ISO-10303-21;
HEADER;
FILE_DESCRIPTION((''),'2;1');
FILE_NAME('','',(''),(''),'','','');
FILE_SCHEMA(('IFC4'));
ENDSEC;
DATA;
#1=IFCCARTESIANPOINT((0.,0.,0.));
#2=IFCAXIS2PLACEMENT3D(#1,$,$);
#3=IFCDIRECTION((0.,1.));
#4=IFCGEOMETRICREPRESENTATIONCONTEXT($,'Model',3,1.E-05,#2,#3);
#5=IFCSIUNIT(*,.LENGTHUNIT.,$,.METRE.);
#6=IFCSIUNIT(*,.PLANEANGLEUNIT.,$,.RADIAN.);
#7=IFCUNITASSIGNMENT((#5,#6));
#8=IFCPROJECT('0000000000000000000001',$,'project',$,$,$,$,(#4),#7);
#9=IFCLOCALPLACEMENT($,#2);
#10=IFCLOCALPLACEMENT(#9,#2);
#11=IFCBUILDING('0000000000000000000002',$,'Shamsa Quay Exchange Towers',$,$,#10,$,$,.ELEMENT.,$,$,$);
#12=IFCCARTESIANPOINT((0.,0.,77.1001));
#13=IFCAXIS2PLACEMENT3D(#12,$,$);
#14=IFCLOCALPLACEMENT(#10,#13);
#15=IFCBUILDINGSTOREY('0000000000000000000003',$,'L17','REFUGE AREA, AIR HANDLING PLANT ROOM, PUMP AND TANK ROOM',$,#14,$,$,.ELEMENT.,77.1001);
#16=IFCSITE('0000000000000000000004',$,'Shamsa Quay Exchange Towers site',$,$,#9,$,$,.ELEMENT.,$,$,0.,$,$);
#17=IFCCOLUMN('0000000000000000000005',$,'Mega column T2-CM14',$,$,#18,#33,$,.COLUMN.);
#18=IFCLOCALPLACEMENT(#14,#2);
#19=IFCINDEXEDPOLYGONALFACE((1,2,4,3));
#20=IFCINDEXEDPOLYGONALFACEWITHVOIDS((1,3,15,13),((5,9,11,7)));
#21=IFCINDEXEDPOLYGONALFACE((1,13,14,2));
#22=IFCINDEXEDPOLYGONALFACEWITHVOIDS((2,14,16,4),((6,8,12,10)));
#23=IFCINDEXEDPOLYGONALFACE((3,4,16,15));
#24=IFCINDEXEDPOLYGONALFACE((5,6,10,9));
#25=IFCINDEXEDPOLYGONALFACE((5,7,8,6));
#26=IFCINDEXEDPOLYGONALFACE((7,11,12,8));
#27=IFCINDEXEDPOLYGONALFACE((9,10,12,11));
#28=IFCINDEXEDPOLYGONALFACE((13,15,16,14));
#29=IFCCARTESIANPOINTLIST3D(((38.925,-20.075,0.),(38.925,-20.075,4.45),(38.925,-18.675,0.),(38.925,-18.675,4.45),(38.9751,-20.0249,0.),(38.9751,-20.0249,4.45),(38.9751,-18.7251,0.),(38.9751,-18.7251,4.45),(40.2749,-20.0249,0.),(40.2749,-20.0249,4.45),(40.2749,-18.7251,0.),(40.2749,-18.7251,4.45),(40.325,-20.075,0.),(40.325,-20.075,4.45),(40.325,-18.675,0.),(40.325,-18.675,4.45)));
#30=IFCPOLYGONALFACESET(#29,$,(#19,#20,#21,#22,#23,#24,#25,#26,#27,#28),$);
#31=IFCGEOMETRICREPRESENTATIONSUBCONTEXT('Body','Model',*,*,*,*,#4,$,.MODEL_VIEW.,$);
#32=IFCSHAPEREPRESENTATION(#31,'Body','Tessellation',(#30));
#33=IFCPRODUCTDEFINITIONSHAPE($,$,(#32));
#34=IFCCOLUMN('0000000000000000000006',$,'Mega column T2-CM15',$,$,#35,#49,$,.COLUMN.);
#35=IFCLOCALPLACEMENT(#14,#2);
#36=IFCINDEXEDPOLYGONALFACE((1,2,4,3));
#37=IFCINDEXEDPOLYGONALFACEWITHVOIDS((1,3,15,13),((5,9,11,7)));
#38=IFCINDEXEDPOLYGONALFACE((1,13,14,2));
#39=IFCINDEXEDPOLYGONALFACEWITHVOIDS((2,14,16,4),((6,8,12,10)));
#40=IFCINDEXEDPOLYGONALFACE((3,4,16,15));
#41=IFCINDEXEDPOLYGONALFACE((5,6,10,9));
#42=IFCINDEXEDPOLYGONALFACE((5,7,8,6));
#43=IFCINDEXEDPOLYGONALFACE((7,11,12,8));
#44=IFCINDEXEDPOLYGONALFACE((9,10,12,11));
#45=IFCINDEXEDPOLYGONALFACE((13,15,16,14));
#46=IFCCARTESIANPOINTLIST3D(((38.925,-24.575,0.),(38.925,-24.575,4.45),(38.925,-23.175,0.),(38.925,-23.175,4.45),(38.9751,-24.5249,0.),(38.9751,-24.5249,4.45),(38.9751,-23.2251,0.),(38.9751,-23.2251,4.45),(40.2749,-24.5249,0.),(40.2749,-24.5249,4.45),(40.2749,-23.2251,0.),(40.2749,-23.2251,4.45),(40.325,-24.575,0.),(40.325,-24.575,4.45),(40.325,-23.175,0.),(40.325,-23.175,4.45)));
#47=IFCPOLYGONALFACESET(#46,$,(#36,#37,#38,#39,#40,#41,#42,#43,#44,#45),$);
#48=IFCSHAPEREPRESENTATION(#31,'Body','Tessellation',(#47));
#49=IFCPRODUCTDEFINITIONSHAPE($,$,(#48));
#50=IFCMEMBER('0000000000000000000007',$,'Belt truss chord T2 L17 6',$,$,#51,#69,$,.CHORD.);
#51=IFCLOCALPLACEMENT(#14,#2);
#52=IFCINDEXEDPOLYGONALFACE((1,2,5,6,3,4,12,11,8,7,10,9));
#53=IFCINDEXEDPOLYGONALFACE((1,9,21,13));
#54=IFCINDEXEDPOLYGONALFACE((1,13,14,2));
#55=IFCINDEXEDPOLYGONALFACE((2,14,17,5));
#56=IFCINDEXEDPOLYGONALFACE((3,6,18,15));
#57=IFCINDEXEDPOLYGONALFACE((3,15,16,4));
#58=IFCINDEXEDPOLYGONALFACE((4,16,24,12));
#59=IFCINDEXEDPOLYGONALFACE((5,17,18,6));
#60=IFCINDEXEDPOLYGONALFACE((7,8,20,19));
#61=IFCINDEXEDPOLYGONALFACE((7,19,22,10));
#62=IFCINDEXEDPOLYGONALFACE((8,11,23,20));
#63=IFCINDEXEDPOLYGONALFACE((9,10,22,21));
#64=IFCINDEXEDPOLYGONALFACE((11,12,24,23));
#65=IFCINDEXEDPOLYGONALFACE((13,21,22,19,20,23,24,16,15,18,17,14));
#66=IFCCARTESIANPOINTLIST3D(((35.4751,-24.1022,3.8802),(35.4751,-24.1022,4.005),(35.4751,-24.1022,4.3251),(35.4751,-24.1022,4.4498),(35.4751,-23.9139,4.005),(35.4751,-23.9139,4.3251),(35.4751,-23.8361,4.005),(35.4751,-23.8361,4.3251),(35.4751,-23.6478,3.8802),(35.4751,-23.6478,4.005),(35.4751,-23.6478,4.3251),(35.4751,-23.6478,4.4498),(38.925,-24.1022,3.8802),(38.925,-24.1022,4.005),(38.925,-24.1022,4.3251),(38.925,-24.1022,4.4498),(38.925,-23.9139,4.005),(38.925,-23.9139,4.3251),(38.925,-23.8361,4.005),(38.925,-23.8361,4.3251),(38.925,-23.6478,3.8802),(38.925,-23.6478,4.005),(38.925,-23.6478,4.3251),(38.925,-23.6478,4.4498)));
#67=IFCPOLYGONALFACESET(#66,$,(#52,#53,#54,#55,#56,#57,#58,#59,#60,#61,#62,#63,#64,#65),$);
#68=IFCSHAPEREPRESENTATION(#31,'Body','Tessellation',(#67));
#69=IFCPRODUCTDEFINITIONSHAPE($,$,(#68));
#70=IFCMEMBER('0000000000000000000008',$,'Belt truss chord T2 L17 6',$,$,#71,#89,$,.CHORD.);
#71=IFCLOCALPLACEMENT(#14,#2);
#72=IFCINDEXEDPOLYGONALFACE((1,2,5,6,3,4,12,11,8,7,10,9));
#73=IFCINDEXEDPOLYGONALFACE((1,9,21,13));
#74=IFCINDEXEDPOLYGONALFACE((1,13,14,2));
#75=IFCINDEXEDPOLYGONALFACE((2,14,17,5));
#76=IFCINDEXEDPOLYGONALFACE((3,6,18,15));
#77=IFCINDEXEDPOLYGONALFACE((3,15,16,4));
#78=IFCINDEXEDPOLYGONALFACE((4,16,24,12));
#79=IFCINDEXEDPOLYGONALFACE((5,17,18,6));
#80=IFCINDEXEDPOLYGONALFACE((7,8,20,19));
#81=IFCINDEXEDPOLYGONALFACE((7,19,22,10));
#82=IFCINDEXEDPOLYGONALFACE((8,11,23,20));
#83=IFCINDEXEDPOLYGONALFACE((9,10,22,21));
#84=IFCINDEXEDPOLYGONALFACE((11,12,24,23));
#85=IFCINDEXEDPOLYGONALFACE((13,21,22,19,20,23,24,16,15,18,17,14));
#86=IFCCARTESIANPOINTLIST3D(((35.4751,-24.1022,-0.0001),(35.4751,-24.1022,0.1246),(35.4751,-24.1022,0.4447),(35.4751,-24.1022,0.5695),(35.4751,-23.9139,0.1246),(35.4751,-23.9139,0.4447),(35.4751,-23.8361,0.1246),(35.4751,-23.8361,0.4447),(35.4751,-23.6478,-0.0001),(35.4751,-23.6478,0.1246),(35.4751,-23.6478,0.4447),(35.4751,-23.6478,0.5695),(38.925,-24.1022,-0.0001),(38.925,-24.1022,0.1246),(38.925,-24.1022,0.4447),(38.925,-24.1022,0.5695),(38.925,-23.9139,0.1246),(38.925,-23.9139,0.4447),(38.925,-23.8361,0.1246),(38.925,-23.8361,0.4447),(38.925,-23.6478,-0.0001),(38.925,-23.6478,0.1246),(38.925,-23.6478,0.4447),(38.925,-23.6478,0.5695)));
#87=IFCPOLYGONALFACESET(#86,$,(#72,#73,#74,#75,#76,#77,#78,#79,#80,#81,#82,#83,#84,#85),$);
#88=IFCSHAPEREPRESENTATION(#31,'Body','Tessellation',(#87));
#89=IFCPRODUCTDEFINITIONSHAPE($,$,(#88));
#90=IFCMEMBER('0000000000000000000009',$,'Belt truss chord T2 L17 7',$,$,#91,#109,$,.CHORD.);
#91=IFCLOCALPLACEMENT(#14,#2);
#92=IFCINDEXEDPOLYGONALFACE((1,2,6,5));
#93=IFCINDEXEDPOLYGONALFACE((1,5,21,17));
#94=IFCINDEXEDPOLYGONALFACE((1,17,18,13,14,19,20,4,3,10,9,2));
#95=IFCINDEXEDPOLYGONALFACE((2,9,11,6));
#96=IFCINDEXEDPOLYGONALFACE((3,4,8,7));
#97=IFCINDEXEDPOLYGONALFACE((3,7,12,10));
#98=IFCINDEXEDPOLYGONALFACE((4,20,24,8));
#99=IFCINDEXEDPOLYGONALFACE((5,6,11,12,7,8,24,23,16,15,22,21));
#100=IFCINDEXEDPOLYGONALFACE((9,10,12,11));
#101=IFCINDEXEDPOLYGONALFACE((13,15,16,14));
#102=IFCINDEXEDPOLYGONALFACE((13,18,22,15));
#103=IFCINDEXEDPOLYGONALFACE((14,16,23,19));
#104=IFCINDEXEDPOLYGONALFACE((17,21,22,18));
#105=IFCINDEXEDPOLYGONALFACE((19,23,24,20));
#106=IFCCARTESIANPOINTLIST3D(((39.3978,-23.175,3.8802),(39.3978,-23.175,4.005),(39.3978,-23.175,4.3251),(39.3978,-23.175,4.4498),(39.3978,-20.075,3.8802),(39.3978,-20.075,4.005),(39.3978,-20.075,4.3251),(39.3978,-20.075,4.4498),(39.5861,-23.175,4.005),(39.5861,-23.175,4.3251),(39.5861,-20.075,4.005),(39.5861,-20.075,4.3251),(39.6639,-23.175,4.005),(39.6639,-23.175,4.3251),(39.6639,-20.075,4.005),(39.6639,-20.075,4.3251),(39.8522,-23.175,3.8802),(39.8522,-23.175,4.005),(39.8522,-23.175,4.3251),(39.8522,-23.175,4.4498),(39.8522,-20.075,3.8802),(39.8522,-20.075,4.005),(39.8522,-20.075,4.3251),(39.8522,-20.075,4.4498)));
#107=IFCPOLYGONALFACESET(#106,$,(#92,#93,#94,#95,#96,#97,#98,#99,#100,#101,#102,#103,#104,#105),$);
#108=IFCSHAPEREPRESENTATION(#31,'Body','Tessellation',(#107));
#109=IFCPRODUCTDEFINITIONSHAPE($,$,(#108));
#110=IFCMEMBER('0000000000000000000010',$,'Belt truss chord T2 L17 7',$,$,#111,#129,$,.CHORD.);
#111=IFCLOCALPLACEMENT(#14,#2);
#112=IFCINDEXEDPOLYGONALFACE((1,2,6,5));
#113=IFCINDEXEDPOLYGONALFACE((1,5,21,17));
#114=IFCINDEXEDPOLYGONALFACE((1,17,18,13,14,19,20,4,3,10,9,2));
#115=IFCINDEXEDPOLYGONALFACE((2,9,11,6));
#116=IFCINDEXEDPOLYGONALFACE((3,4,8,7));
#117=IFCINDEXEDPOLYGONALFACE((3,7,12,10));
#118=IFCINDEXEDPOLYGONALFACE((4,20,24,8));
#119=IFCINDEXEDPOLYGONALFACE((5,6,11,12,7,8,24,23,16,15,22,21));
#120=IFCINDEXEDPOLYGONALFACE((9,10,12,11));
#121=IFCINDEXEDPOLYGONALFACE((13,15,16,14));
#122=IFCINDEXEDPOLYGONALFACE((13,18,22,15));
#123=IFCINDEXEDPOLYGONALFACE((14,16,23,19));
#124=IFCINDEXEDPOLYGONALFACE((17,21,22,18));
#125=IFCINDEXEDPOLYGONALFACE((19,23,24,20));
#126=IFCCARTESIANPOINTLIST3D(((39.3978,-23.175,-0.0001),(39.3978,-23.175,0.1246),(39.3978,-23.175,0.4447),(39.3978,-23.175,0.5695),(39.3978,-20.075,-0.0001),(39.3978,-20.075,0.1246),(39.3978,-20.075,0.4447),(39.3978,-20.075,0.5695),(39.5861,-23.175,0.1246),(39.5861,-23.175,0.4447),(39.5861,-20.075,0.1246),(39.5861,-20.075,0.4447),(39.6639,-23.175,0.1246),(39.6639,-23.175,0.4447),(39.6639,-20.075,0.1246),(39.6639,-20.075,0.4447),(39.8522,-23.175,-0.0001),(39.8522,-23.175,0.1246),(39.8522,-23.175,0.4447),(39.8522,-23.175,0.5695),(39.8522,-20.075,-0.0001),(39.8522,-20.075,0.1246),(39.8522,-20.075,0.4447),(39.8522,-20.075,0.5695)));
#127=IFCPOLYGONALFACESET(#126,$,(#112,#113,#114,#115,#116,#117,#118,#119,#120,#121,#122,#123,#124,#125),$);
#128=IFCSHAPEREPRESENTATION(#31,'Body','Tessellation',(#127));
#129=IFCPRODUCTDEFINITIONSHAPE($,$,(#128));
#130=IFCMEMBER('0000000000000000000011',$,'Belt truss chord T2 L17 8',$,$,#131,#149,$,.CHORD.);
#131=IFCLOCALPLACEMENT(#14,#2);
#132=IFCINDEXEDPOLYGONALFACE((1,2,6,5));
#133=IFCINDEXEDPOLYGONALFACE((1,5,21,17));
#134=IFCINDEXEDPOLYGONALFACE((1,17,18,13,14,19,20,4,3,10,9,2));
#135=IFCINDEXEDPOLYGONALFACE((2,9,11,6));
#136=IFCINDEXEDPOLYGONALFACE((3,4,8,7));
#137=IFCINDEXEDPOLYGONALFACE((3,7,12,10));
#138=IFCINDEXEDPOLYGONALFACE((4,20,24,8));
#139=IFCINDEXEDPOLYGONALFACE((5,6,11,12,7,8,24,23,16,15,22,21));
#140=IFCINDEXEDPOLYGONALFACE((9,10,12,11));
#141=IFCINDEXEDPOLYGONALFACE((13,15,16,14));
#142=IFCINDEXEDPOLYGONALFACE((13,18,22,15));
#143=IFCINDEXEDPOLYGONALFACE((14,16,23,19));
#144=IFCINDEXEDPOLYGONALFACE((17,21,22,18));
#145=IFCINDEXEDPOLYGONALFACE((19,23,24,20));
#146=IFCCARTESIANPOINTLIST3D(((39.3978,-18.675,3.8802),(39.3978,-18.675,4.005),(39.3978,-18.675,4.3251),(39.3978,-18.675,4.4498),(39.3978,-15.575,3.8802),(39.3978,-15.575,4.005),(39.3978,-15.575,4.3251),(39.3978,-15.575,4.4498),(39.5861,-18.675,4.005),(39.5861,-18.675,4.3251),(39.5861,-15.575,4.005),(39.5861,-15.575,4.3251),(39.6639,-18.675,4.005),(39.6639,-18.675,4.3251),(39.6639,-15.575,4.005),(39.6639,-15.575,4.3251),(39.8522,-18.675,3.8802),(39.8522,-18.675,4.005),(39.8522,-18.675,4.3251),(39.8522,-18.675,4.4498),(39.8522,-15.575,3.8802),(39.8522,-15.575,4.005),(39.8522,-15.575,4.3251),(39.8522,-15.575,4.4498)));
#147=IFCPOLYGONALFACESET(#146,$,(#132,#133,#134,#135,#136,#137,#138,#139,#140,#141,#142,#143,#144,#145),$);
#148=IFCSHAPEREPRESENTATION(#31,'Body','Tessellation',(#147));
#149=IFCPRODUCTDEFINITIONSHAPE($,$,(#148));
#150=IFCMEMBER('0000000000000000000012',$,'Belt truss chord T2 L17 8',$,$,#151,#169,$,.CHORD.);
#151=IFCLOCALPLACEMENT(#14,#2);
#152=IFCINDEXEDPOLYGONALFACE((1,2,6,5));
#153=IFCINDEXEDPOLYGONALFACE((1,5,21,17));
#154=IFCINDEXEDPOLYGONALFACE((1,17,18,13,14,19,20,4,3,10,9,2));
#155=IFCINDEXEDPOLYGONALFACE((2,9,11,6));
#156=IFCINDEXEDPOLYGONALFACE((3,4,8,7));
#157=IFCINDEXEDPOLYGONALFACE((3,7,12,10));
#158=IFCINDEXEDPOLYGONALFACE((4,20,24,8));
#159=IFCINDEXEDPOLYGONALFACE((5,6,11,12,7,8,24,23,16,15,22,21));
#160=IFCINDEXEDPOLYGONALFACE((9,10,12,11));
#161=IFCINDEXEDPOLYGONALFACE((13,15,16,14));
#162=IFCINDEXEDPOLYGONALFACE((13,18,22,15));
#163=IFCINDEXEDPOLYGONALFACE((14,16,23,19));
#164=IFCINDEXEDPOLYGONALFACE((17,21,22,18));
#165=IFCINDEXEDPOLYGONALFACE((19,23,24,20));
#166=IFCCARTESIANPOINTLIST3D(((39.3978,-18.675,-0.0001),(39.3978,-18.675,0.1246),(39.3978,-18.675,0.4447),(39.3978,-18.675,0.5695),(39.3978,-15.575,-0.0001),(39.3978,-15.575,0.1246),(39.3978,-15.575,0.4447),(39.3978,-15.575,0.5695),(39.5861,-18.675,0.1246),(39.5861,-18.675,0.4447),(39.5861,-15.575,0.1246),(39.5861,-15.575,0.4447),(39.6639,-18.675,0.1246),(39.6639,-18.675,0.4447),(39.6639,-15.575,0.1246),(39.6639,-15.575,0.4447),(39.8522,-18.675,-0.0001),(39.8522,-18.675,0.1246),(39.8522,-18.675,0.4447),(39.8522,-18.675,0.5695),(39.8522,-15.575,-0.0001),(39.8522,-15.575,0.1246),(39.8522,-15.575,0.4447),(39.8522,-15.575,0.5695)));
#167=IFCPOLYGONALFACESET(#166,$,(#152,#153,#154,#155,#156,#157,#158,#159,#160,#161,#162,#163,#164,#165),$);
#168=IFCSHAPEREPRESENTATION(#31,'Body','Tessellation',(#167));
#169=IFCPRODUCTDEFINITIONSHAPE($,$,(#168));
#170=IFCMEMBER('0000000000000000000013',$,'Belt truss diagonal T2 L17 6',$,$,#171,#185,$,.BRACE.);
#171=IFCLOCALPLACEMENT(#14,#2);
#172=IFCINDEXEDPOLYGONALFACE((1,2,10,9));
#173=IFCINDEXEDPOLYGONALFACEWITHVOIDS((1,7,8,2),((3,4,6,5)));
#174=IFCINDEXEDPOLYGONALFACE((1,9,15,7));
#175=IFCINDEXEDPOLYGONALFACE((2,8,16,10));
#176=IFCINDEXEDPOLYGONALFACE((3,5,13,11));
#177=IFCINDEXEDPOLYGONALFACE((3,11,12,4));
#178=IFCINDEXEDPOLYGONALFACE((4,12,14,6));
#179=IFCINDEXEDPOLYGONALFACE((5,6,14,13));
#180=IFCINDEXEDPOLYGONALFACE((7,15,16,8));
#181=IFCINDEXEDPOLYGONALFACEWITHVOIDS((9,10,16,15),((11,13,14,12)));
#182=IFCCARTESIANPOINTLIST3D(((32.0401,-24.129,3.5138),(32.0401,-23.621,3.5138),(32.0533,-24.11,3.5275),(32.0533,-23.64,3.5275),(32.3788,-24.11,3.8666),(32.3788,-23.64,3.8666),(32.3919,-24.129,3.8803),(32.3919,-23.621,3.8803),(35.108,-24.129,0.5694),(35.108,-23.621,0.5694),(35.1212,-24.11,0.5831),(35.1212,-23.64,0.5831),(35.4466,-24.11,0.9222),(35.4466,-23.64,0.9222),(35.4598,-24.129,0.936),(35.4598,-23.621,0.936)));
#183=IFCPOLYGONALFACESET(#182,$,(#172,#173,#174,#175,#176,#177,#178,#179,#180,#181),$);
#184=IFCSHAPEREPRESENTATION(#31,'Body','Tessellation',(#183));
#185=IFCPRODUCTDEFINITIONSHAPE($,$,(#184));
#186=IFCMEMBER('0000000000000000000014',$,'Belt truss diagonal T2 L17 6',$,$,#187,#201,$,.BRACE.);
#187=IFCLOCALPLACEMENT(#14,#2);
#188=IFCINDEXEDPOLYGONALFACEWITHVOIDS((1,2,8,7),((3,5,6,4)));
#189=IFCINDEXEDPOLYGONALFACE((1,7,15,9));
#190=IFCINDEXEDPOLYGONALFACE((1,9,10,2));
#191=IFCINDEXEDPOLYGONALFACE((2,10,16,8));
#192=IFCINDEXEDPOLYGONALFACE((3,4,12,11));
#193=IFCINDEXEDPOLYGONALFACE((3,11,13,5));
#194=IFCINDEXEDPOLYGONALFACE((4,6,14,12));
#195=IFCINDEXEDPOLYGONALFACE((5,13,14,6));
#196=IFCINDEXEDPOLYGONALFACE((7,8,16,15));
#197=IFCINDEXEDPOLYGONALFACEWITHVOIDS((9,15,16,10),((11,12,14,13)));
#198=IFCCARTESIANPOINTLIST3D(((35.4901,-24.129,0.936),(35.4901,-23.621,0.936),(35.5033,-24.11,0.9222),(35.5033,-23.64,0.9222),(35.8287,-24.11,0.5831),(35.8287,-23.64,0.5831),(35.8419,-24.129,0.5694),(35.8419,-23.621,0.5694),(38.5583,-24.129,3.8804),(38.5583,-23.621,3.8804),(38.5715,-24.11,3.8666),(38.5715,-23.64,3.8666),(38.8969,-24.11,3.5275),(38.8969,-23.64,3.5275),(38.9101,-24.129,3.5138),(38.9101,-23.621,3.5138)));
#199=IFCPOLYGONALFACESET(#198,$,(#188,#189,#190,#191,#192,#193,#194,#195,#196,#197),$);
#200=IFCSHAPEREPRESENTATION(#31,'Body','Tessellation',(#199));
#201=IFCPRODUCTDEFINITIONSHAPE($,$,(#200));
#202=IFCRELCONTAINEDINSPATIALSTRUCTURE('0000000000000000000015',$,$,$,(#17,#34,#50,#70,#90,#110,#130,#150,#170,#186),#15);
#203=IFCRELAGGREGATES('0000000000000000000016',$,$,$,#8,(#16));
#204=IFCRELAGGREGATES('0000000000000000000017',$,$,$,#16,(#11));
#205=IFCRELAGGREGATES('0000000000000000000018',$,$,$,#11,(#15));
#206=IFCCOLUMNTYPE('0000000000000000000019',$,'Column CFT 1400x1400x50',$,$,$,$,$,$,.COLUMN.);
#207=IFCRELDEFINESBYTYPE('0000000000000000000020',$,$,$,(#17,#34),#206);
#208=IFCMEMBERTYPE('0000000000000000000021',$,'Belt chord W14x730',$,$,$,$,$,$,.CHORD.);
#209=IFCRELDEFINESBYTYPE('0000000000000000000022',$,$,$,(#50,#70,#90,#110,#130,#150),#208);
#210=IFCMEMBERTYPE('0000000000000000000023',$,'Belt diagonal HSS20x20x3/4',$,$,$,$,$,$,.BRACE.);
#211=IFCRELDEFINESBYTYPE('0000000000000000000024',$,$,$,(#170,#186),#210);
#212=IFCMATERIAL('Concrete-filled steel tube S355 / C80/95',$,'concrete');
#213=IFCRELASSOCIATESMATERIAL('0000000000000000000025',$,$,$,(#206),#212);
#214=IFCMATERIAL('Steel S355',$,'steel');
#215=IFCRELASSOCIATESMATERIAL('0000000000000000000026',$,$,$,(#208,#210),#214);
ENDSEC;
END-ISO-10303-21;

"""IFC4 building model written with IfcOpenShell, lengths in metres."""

from ifc_helpers import new_model, si_unit, direction, frame, origin, origin_2d, place, context, subcontext, project, spatial, hollow_rectangle, i_section, extrude, material, material_profile, profile_set, type_object, element, save


model = new_model("IFC4")

# Units and contexts
model_context = context("Model", 3, precision=1e-05, world=origin(), true_north=direction((0.0, 1.0)))
body_context = subcontext(model_context, "Body", "Model", "MODEL_VIEW")
ifc_project = project(units=[si_unit("LENGTHUNIT", "METRE"), si_unit("PLANEANGLEUNIT", "RADIAN")], contexts=[model_context])

# Site, building, storey
site_placement = place(None, origin())
site = spatial("IfcSite", under=ifc_project, at=site_placement, Name="Shamsa Quay Exchange Towers site", CompositionType="ELEMENT", RefElevation=0.0)
building_placement = place(site_placement, origin())
building = spatial("IfcBuilding", under=site, at=building_placement, Name="Shamsa Quay Exchange Towers", CompositionType="ELEMENT")
storey_placement = place(building_placement, frame((0.0, 0.0, 77.1001)))
storey = spatial("IfcBuildingStorey", under=building, at=storey_placement, Name="L17", Description="REFUGE AREA, AIR HANDLING PLANT ROOM, PUMP AND TANK ROOM", CompositionType="ELEMENT", Elevation=77.1001)

# Columns
ifc_material_1 = material(Name="Concrete-filled steel tube S355 / C80/95", Category="concrete")
ifc_material_profile_1 = material_profile(ifc_material_1, hollow_rectangle(XDim=1.3999, YDim=1.3999, WallThickness=0.05, at=origin_2d()), Name="CFT 1400x1400x50")
ifc_profile_set_1 = profile_set([ifc_material_profile_1], Name="Concrete-filled steel tube S355 / C80/95")
column_type = type_object("IfcColumnType", Name="Column CFT 1400x1400x50", PredefinedType="COLUMN", material=ifc_profile_set_1)
for number, where, name in (
    (1, (39.625, -19.375, 0.0), "Mega column T2-CM14"),
    (2, (39.625, -23.875, 0.0), "Mega column T2-CM15"),
):
    element("IfcColumn", number, at=place(storey_placement, frame(where)), inside=storey, type_object=column_type, Name=name, PredefinedType="COLUMN", context=body_context, shape_type="SweptSolid", body=[
        extrude(hollow_rectangle(XDim=1.3999, YDim=1.3999, WallThickness=0.05, at=origin_2d()), origin(), (0.0, 0.0, 1.0), 4.45),
    ])

# Members
ifc_material_2 = material(Name="Steel S355", Category="steel")
ifc_material_profile_2 = material_profile(ifc_material_2, i_section(OverallWidth=0.4543, OverallDepth=0.5696, WebThickness=0.0779, FlangeThickness=0.1248, at=origin_2d()), Name="W14x730")
ifc_profile_set_2 = profile_set([ifc_material_profile_2], Name="Steel S355")
member_type_1 = type_object("IfcMemberType", Name="Belt chord W14x730", PredefinedType="CHORD", material=ifc_profile_set_2)
for number, where, z_axis, x_axis, name in (
    (3, (35.4751, -23.875, 4.165), (1.0, 0.0, 0.0), (0.0, 1.0, 0.0), "Belt truss chord T2 L17 6"),
    (4, (35.4751, -23.875, 0.2847), (1.0, 0.0, 0.0), (0.0, 1.0, 0.0), "Belt truss chord T2 L17 6"),
):
    element("IfcMember", number, at=place(storey_placement, frame(where, z_axis=z_axis, x_axis=x_axis)), inside=storey, type_object=member_type_1, Name=name, PredefinedType="CHORD", context=body_context, shape_type="SweptSolid", body=[
        extrude(i_section(OverallWidth=0.4543, OverallDepth=0.5696, WebThickness=0.0779, FlangeThickness=0.1248, at=origin_2d()), origin(), (0.0, 0.0, 1.0), 3.45),
    ])
for number, where, z_axis, x_axis, name in (
    (5, (39.625, -23.175, 4.165), (0.0, 1.0, 0.0), (-1.0, 0.0, 0.0), "Belt truss chord T2 L17 7"),
    (6, (39.625, -23.175, 0.2847), (0.0, 1.0, 0.0), (-1.0, 0.0, 0.0), "Belt truss chord T2 L17 7"),
    (7, (39.625, -18.675, 4.165), (0.0, 1.0, 0.0), (-1.0, 0.0, 0.0), "Belt truss chord T2 L17 8"),
    (8, (39.625, -18.675, 0.2847), (0.0, 1.0, 0.0), (-1.0, 0.0, 0.0), "Belt truss chord T2 L17 8"),
):
    element("IfcMember", number, at=place(storey_placement, frame(where, z_axis=z_axis, x_axis=x_axis)), inside=storey, type_object=member_type_1, Name=name, PredefinedType="CHORD", context=body_context, shape_type="SweptSolid", body=[
        extrude(i_section(OverallWidth=0.4543, OverallDepth=0.5696, WebThickness=0.0779, FlangeThickness=0.1248, at=origin_2d()), origin(), (0.0, 0.0, 1.0), 3.1001),
    ])
ifc_material_profile_3 = material_profile(ifc_material_2, hollow_rectangle(XDim=0.5081, YDim=0.5081, WallThickness=0.019, at=origin_2d()), Name="HSS20x20x3/4")
ifc_profile_set_3 = profile_set([ifc_material_profile_3], Name="Steel S355")
member_type_2 = type_object("IfcMemberType", Name="Belt diagonal HSS20x20x3/4", PredefinedType="BRACE", material=ifc_profile_set_3)
member_1_placement = place(storey_placement, frame((35.2839, -23.875, 0.7527), z_axis=(-0.721484, 0.0, 0.692431), x_axis=(0.0, -1.0, 0.0)))
element("IfcMember", 9, at=member_1_placement, inside=storey, type_object=member_type_2, Name="Belt truss diagonal T2 L17 6", PredefinedType="BRACE", context=body_context, shape_type="SweptSolid", body=[
    extrude(hollow_rectangle(XDim=0.5081, YDim=0.5081, WallThickness=0.019, at=origin_2d()), origin(), (0.0, 0.0, 1.0), 4.2522),
])
member_2_placement = place(storey_placement, frame((35.666, -23.875, 0.7527), z_axis=(0.721511, 0.0, 0.692403), x_axis=(0.0, 1.0, 0.0)))
element("IfcMember", 10, at=member_2_placement, inside=storey, type_object=member_type_2, Name="Belt truss diagonal T2 L17 6", PredefinedType="BRACE", context=body_context, shape_type="SweptSolid", body=[
    extrude(hollow_rectangle(XDim=0.5081, YDim=0.5081, WallThickness=0.019, at=origin_2d()), origin(), (0.0, 0.0, 1.0), 4.2524),
])

save(model, "model.ifc")
